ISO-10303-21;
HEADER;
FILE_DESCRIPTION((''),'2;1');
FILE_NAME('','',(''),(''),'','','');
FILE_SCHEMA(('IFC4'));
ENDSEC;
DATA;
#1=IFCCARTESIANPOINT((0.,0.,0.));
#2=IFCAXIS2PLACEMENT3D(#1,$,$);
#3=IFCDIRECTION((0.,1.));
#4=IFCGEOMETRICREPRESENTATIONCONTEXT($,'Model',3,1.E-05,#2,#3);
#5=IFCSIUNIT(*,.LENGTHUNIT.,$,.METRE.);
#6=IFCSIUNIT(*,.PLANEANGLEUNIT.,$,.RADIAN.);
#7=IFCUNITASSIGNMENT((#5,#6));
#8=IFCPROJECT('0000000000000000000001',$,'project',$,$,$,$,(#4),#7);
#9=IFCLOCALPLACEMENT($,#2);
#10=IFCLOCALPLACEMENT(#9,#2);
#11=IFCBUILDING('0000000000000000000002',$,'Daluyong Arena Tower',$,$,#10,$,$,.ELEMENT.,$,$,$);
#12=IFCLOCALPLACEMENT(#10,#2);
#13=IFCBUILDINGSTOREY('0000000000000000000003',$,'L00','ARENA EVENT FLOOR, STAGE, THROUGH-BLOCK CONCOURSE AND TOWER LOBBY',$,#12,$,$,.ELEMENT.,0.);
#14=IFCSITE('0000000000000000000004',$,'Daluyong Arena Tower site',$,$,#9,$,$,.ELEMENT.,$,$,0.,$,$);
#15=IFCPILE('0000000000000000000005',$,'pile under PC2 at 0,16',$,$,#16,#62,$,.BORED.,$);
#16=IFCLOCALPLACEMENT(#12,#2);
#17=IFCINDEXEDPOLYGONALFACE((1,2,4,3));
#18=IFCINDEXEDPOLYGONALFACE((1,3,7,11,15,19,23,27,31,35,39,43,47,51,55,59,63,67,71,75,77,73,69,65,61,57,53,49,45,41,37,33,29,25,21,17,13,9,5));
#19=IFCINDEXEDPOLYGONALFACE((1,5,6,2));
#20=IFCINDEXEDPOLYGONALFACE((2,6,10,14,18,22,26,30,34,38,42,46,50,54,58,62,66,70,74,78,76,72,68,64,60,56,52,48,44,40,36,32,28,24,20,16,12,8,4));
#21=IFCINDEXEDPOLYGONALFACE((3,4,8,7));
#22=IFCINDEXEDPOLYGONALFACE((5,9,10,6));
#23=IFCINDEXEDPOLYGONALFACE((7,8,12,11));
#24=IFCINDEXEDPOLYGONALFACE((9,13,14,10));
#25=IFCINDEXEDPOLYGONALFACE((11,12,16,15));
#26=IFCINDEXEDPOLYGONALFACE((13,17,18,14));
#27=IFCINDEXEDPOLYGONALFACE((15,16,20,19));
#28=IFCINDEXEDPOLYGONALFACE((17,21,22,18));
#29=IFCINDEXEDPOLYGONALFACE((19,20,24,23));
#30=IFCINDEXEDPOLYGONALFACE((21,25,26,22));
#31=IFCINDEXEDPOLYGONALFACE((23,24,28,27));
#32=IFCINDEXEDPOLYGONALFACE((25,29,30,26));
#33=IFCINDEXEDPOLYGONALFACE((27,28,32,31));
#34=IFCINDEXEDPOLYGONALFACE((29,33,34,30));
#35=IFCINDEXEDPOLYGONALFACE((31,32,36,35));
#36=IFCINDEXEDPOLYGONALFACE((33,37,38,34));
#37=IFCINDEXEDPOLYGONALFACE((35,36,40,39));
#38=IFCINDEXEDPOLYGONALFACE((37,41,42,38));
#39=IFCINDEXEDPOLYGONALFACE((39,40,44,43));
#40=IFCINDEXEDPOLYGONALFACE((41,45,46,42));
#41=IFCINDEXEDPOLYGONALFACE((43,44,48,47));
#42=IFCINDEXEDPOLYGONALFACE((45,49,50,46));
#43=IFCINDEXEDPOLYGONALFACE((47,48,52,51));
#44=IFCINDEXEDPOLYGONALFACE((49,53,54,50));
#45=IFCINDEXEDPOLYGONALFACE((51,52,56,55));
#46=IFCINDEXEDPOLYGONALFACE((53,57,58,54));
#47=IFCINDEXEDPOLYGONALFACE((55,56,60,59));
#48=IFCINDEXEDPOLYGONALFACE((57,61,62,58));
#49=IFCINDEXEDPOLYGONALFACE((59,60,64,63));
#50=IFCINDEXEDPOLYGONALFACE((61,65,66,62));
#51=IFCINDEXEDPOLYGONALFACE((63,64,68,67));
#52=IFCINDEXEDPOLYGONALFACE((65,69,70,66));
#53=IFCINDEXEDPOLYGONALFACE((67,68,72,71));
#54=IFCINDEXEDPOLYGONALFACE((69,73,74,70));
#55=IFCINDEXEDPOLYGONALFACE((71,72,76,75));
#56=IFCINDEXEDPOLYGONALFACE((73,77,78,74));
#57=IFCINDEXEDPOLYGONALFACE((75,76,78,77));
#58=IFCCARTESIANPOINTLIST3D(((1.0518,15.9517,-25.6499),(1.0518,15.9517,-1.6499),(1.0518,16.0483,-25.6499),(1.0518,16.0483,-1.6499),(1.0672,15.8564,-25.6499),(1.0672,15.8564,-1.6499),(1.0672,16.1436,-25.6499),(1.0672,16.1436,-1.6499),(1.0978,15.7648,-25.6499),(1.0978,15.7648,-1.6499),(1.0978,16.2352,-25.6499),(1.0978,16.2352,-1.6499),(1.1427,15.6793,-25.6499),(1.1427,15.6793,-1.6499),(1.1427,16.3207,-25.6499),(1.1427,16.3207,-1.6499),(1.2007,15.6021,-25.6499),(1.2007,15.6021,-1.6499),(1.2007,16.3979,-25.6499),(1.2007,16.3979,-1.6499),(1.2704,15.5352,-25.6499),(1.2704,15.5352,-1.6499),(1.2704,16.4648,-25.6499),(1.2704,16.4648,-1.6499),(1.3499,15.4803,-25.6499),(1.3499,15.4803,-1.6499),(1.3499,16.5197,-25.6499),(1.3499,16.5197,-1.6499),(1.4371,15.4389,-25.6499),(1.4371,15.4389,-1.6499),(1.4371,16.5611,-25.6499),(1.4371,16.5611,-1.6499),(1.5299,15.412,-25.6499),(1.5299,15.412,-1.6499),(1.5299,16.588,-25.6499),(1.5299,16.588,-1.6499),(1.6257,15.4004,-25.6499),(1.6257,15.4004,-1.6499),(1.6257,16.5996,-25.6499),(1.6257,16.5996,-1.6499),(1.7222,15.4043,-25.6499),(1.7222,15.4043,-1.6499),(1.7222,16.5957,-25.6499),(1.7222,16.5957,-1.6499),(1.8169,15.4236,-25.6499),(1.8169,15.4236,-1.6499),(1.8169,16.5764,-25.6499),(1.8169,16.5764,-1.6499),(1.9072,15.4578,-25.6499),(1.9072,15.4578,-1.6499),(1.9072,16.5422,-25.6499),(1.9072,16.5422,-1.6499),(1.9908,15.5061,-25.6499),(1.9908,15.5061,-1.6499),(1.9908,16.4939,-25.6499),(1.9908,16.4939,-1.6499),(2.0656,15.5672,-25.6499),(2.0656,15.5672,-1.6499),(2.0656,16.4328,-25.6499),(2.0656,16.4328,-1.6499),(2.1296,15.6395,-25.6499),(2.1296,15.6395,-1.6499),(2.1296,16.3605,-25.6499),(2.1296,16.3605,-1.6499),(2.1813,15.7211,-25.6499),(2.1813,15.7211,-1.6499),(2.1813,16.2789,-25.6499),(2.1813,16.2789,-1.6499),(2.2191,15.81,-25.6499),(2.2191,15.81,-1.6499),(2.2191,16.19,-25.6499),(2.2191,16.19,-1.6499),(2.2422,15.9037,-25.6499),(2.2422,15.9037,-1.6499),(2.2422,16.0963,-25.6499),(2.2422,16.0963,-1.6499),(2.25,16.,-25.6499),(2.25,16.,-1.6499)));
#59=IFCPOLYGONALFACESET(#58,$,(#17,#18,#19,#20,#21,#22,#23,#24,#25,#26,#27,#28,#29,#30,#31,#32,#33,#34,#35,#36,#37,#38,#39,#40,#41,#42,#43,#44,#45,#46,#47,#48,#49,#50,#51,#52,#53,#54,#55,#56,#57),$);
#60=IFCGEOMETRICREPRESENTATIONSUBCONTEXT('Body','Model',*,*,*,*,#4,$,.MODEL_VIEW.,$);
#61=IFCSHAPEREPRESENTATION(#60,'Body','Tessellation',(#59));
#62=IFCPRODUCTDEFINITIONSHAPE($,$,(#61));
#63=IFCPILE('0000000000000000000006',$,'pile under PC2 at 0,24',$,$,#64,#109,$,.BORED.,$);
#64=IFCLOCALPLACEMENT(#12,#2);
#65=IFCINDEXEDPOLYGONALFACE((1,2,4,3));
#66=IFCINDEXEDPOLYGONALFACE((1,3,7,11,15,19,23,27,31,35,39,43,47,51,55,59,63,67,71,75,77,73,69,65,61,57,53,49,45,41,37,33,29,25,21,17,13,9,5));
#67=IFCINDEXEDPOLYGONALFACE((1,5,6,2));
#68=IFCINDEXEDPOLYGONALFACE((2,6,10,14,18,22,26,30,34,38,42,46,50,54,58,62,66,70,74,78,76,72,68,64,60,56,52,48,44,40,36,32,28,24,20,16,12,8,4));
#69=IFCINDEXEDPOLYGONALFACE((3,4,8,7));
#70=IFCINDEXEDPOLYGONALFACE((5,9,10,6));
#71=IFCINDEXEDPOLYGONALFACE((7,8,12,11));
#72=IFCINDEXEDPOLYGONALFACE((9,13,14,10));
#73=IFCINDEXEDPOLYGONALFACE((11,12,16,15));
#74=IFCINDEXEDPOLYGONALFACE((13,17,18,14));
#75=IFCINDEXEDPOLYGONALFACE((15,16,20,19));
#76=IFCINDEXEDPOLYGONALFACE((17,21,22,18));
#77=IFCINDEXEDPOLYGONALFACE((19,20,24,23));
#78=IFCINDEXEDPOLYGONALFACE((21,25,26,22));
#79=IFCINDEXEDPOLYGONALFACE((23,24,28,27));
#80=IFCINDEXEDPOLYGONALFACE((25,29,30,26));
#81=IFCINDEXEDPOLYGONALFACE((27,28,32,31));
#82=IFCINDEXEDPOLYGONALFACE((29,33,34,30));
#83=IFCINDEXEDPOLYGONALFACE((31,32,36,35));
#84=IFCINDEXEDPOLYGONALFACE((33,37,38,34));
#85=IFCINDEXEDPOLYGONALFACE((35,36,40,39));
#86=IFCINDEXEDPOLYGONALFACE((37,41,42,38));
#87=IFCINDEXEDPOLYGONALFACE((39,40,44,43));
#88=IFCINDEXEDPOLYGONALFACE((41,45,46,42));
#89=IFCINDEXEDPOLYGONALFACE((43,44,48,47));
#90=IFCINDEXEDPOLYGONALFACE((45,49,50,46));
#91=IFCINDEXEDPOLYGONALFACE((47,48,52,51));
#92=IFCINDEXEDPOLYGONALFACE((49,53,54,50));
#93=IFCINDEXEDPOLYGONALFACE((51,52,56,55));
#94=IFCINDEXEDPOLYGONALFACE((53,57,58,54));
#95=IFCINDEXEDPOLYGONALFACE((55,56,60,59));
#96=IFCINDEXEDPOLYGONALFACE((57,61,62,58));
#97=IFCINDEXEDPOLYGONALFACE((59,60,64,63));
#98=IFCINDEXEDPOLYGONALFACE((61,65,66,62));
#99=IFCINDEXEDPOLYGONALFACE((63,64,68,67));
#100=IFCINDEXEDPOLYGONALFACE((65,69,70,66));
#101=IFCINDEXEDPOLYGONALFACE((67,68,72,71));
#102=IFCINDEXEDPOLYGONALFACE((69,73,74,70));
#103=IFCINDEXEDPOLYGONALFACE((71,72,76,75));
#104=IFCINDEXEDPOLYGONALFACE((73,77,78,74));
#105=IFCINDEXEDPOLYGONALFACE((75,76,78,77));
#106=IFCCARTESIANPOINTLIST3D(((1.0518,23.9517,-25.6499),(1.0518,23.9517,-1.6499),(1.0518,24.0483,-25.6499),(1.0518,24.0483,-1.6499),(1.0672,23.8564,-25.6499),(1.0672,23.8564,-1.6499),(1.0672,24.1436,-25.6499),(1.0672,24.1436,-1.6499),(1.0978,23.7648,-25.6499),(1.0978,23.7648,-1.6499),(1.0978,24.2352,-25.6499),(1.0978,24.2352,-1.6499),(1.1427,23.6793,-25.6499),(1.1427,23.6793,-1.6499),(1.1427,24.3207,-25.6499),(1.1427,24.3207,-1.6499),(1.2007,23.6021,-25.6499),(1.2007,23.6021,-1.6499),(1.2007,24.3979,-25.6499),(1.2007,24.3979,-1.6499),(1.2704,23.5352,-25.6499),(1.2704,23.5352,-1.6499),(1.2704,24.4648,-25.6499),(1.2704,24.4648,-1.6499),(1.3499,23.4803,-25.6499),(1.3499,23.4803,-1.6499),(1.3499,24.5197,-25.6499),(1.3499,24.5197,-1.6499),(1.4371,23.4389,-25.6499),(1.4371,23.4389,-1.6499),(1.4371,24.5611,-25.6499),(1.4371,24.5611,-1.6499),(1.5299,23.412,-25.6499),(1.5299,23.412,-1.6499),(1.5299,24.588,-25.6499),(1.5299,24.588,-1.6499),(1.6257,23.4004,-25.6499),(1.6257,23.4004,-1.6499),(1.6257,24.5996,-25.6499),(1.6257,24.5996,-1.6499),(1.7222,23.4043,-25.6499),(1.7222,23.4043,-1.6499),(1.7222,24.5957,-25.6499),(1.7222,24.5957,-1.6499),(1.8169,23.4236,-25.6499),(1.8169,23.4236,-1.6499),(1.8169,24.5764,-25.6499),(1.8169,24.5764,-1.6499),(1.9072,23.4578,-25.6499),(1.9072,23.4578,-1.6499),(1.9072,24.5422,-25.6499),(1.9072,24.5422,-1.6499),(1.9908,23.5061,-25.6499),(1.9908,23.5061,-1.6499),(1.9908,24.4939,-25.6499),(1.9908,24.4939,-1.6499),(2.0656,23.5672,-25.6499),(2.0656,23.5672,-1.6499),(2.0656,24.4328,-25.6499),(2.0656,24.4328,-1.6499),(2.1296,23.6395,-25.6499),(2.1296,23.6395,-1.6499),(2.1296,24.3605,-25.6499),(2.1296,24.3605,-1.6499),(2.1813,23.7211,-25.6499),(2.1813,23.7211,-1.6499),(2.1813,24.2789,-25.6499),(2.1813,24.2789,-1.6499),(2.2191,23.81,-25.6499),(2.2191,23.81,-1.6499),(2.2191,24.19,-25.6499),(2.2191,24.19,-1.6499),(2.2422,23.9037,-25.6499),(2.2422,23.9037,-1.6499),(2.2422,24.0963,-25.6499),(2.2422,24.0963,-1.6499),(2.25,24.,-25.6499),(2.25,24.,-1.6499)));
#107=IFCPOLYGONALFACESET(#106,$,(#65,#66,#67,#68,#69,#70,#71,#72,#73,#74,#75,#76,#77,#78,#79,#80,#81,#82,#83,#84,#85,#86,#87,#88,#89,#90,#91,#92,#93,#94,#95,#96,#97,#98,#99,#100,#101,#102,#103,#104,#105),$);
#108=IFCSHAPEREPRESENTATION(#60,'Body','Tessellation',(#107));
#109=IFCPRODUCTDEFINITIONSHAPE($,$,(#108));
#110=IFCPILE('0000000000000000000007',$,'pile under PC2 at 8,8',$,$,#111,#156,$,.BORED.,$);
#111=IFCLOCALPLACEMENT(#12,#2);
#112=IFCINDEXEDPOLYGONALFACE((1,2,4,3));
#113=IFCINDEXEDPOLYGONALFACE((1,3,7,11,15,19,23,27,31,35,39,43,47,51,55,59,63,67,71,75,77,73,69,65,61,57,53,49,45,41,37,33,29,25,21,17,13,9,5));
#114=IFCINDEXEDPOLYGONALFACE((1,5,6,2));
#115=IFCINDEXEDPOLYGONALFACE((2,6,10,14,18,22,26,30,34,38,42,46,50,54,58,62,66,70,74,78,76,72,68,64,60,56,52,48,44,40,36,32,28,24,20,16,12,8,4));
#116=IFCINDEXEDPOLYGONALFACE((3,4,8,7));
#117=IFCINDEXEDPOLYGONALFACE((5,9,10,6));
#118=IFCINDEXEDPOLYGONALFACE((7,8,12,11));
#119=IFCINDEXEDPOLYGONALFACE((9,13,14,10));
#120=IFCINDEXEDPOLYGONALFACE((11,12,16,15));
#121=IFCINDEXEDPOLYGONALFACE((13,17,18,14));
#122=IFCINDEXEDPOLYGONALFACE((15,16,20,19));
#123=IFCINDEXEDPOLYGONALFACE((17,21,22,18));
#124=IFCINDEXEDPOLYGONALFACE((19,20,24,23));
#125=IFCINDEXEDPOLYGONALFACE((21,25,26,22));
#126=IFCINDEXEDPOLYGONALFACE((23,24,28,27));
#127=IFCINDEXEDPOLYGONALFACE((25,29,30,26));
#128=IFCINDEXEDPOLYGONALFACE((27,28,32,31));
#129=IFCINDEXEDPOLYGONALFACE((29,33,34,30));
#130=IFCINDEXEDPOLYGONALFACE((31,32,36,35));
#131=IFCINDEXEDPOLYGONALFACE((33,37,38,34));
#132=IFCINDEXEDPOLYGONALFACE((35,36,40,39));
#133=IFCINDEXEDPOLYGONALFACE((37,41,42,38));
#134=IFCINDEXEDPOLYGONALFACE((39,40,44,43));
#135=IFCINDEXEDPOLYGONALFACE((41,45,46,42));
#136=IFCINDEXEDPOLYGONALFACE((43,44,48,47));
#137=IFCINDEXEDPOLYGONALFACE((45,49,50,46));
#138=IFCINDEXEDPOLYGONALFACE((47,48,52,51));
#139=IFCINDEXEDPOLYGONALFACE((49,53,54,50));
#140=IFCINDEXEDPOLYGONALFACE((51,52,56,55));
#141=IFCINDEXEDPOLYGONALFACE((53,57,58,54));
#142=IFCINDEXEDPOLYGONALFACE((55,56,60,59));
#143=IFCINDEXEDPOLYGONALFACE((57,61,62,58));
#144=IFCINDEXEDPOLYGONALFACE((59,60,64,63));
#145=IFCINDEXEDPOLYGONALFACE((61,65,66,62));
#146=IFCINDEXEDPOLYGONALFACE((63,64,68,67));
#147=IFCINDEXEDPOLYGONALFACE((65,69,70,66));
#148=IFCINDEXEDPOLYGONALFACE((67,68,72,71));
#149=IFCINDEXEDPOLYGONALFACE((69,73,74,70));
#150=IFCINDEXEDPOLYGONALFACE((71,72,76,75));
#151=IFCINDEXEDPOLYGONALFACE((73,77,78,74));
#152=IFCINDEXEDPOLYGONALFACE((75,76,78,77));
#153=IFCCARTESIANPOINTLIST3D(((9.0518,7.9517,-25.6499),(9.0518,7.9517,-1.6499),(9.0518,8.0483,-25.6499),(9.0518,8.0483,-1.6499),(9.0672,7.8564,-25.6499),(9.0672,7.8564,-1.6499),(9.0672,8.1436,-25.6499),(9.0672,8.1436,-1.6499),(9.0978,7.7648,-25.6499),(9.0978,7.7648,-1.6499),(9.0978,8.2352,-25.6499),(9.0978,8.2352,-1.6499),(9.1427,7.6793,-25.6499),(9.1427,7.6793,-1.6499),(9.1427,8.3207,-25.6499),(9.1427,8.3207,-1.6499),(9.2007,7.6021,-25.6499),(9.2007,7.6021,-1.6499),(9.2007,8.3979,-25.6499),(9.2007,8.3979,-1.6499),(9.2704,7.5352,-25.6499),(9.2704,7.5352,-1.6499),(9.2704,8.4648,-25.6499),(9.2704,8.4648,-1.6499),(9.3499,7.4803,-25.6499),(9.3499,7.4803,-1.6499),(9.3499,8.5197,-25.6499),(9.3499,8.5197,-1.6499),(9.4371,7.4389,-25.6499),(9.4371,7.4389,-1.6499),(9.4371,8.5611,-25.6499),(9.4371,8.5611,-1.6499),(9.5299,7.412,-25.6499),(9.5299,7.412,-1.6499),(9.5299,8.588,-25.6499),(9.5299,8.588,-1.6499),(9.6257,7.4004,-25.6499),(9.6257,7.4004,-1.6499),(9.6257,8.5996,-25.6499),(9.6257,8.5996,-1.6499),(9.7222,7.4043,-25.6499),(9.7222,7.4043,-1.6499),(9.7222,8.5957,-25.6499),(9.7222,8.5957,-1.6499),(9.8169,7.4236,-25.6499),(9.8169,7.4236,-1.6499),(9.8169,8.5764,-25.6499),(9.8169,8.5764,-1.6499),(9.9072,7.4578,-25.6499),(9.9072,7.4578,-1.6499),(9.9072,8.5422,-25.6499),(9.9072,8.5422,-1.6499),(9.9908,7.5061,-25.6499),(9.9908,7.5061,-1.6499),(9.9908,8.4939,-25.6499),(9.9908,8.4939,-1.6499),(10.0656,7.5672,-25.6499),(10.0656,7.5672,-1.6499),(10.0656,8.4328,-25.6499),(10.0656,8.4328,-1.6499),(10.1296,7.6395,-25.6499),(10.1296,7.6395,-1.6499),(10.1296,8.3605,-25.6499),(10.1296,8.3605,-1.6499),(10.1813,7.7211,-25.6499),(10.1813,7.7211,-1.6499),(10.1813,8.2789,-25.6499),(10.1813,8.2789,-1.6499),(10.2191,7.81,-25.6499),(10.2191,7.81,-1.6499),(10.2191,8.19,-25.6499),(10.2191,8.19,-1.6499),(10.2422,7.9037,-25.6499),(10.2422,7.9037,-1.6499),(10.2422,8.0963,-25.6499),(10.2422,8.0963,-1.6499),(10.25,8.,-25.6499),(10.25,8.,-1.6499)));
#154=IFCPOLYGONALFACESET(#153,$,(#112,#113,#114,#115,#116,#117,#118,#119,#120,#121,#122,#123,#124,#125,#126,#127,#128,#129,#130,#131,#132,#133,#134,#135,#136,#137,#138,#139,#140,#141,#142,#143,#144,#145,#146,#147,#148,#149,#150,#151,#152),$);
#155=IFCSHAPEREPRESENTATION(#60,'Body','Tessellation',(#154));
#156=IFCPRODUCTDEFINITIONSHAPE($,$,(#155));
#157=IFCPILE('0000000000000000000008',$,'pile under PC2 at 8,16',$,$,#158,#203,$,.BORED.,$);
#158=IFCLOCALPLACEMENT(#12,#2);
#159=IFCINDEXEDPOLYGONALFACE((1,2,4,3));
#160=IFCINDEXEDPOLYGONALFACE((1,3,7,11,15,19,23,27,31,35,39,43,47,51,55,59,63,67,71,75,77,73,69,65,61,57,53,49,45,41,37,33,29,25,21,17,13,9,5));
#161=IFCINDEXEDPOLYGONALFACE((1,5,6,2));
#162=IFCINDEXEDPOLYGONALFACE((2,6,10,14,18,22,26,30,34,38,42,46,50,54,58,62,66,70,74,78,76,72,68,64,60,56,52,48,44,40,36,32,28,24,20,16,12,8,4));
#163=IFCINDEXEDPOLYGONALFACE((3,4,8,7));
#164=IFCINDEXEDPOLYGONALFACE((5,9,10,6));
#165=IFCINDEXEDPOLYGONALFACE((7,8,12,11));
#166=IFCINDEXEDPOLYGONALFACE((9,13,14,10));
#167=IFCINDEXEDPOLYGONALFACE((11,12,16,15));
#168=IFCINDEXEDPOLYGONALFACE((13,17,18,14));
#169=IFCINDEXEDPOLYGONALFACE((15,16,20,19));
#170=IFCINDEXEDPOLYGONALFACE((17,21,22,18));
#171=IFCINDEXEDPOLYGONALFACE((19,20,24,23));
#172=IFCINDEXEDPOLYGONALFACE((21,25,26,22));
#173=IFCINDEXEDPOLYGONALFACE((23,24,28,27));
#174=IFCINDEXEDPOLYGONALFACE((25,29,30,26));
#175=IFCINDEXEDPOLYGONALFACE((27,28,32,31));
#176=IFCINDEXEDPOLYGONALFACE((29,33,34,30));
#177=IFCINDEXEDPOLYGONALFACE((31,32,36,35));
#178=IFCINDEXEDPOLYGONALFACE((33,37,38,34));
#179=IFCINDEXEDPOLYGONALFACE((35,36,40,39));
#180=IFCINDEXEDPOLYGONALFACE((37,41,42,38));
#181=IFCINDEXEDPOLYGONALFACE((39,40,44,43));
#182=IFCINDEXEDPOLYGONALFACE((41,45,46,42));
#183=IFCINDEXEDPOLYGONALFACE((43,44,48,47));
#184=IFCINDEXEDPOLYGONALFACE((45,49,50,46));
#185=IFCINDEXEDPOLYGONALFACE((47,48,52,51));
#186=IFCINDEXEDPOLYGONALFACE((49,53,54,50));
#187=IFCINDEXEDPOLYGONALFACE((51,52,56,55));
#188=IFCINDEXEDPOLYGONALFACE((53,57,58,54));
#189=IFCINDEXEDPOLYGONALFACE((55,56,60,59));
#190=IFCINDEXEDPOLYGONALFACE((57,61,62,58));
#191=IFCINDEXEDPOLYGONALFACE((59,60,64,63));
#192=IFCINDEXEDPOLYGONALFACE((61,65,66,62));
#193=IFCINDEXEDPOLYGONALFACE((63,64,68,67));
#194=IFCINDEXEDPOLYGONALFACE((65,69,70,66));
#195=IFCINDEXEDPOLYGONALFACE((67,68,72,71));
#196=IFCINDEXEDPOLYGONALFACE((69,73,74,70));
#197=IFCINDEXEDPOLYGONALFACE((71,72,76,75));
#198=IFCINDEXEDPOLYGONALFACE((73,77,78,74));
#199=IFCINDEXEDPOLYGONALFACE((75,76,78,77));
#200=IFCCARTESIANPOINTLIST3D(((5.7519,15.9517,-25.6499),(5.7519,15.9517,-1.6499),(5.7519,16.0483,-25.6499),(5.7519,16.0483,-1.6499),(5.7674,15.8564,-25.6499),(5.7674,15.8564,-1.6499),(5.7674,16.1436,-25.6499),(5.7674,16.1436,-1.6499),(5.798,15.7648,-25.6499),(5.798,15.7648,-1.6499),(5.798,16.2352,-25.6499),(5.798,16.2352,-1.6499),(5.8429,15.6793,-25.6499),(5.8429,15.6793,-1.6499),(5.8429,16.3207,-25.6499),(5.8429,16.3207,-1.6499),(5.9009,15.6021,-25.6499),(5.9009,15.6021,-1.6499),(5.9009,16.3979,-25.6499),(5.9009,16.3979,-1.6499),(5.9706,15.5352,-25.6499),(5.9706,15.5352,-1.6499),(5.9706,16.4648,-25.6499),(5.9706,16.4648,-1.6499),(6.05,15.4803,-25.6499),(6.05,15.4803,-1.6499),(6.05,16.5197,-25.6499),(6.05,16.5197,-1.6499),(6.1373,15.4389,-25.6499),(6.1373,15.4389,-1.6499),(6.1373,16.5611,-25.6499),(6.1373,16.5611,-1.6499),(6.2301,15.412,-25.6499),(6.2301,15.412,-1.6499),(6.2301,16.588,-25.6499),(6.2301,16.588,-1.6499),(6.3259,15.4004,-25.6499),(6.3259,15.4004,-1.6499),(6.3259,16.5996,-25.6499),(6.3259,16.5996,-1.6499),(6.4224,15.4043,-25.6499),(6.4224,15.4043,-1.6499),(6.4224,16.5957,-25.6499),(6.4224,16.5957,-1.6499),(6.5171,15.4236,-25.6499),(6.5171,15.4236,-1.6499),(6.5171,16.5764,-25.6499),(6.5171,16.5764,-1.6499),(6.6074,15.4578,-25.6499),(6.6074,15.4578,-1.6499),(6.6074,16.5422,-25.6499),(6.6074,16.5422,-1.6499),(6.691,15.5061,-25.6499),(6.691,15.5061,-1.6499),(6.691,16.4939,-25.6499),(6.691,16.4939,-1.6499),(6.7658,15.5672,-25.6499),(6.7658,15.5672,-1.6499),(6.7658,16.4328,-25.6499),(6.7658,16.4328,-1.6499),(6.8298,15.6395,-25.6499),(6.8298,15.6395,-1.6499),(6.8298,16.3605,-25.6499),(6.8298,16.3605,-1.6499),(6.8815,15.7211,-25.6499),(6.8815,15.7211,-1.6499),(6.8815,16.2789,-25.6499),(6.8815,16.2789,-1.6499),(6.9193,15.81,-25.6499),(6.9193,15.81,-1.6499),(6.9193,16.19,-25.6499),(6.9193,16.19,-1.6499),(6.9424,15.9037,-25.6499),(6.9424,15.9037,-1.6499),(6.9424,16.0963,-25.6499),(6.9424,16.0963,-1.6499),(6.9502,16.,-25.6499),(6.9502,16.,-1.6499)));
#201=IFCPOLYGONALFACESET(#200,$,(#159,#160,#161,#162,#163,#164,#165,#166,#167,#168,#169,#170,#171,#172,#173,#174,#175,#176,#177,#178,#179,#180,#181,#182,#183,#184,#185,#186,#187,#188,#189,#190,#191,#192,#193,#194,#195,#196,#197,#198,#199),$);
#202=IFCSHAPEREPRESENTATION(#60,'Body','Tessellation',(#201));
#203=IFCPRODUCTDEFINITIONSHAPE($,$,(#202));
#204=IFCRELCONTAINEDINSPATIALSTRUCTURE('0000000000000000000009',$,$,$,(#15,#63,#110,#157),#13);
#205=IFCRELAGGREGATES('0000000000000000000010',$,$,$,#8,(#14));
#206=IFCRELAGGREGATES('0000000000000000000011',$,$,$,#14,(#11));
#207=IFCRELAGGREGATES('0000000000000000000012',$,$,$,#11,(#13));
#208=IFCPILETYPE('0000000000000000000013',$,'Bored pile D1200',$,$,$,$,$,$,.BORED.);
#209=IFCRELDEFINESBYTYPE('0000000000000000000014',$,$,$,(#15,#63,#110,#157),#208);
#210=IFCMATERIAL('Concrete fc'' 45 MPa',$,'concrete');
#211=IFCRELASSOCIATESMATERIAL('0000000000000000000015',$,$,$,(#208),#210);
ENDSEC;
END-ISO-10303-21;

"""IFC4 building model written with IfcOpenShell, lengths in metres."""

from ifc_helpers import new_model, si_unit, direction, frame, origin, origin_2d, place, context, subcontext, project, spatial, circle, extrude, material, type_object, element, save


model = new_model("IFC4")

# Units and contexts
model_context = context("Model", 3, precision=1e-05, world=origin(), true_north=direction((0.0, 1.0)))
body_context = subcontext(model_context, "Body", "Model", "MODEL_VIEW")
ifc_project = project(units=[si_unit("LENGTHUNIT", "METRE"), si_unit("PLANEANGLEUNIT", "RADIAN")], contexts=[model_context])

# Site, building, storey
site_placement = place(None, origin())
site = spatial("IfcSite", under=ifc_project, at=site_placement, Name="Daluyong Arena Tower site", CompositionType="ELEMENT", RefElevation=0.0)
building_placement = place(site_placement, origin())
building = spatial("IfcBuilding", under=site, at=building_placement, Name="Daluyong Arena Tower", CompositionType="ELEMENT")
storey_placement = place(building_placement, origin())
storey = spatial("IfcBuildingStorey", under=building, at=storey_placement, Name="L00", Description="ARENA EVENT FLOOR, STAGE, THROUGH-BLOCK CONCOURSE AND TOWER LOBBY", CompositionType="ELEMENT", Elevation=0.0)

# Piles
ifc_material_1 = material(Name="Concrete fc' 45 MPa", Category="concrete")
pile_type = type_object("IfcPileType", Name="Bored pile D1200", PredefinedType="BORED", material=ifc_material_1)
for number, where, z_axis, x_axis, name in (
    (1, (1.6499, 16.0, -1.6499), (0.0, 0.0, -1.0), (1.0, 0.0, 0.0), "pile under PC2 at 0,16"),
    (2, (1.6499, 24.0, -1.6499), (0.0, 0.0, -1.0), (1.0, 0.0, 0.0), "pile under PC2 at 0,24"),
    (3, (9.6499, 8.0, -1.6499), (0.0, 0.0, -1.0), (1.0, 0.0, 0.0), "pile under PC2 at 8,8"),
    (4, (6.3501, 16.0, -1.6499), (0.0, 0.0, -1.0), (1.0, 0.0, 0.0), "pile under PC2 at 8,16"),
):
    element("IfcPile", number, at=place(storey_placement, frame(where, z_axis=z_axis, x_axis=x_axis)), inside=storey, type_object=pile_type, Name=name, PredefinedType="BORED", context=body_context, shape_type="SweptSolid", body=[
        extrude(circle(Radius=0.6001, at=origin_2d()), origin(), (0.0, 0.0, 1.0), 24.0),
    ])

save(model, "model.ifc")
